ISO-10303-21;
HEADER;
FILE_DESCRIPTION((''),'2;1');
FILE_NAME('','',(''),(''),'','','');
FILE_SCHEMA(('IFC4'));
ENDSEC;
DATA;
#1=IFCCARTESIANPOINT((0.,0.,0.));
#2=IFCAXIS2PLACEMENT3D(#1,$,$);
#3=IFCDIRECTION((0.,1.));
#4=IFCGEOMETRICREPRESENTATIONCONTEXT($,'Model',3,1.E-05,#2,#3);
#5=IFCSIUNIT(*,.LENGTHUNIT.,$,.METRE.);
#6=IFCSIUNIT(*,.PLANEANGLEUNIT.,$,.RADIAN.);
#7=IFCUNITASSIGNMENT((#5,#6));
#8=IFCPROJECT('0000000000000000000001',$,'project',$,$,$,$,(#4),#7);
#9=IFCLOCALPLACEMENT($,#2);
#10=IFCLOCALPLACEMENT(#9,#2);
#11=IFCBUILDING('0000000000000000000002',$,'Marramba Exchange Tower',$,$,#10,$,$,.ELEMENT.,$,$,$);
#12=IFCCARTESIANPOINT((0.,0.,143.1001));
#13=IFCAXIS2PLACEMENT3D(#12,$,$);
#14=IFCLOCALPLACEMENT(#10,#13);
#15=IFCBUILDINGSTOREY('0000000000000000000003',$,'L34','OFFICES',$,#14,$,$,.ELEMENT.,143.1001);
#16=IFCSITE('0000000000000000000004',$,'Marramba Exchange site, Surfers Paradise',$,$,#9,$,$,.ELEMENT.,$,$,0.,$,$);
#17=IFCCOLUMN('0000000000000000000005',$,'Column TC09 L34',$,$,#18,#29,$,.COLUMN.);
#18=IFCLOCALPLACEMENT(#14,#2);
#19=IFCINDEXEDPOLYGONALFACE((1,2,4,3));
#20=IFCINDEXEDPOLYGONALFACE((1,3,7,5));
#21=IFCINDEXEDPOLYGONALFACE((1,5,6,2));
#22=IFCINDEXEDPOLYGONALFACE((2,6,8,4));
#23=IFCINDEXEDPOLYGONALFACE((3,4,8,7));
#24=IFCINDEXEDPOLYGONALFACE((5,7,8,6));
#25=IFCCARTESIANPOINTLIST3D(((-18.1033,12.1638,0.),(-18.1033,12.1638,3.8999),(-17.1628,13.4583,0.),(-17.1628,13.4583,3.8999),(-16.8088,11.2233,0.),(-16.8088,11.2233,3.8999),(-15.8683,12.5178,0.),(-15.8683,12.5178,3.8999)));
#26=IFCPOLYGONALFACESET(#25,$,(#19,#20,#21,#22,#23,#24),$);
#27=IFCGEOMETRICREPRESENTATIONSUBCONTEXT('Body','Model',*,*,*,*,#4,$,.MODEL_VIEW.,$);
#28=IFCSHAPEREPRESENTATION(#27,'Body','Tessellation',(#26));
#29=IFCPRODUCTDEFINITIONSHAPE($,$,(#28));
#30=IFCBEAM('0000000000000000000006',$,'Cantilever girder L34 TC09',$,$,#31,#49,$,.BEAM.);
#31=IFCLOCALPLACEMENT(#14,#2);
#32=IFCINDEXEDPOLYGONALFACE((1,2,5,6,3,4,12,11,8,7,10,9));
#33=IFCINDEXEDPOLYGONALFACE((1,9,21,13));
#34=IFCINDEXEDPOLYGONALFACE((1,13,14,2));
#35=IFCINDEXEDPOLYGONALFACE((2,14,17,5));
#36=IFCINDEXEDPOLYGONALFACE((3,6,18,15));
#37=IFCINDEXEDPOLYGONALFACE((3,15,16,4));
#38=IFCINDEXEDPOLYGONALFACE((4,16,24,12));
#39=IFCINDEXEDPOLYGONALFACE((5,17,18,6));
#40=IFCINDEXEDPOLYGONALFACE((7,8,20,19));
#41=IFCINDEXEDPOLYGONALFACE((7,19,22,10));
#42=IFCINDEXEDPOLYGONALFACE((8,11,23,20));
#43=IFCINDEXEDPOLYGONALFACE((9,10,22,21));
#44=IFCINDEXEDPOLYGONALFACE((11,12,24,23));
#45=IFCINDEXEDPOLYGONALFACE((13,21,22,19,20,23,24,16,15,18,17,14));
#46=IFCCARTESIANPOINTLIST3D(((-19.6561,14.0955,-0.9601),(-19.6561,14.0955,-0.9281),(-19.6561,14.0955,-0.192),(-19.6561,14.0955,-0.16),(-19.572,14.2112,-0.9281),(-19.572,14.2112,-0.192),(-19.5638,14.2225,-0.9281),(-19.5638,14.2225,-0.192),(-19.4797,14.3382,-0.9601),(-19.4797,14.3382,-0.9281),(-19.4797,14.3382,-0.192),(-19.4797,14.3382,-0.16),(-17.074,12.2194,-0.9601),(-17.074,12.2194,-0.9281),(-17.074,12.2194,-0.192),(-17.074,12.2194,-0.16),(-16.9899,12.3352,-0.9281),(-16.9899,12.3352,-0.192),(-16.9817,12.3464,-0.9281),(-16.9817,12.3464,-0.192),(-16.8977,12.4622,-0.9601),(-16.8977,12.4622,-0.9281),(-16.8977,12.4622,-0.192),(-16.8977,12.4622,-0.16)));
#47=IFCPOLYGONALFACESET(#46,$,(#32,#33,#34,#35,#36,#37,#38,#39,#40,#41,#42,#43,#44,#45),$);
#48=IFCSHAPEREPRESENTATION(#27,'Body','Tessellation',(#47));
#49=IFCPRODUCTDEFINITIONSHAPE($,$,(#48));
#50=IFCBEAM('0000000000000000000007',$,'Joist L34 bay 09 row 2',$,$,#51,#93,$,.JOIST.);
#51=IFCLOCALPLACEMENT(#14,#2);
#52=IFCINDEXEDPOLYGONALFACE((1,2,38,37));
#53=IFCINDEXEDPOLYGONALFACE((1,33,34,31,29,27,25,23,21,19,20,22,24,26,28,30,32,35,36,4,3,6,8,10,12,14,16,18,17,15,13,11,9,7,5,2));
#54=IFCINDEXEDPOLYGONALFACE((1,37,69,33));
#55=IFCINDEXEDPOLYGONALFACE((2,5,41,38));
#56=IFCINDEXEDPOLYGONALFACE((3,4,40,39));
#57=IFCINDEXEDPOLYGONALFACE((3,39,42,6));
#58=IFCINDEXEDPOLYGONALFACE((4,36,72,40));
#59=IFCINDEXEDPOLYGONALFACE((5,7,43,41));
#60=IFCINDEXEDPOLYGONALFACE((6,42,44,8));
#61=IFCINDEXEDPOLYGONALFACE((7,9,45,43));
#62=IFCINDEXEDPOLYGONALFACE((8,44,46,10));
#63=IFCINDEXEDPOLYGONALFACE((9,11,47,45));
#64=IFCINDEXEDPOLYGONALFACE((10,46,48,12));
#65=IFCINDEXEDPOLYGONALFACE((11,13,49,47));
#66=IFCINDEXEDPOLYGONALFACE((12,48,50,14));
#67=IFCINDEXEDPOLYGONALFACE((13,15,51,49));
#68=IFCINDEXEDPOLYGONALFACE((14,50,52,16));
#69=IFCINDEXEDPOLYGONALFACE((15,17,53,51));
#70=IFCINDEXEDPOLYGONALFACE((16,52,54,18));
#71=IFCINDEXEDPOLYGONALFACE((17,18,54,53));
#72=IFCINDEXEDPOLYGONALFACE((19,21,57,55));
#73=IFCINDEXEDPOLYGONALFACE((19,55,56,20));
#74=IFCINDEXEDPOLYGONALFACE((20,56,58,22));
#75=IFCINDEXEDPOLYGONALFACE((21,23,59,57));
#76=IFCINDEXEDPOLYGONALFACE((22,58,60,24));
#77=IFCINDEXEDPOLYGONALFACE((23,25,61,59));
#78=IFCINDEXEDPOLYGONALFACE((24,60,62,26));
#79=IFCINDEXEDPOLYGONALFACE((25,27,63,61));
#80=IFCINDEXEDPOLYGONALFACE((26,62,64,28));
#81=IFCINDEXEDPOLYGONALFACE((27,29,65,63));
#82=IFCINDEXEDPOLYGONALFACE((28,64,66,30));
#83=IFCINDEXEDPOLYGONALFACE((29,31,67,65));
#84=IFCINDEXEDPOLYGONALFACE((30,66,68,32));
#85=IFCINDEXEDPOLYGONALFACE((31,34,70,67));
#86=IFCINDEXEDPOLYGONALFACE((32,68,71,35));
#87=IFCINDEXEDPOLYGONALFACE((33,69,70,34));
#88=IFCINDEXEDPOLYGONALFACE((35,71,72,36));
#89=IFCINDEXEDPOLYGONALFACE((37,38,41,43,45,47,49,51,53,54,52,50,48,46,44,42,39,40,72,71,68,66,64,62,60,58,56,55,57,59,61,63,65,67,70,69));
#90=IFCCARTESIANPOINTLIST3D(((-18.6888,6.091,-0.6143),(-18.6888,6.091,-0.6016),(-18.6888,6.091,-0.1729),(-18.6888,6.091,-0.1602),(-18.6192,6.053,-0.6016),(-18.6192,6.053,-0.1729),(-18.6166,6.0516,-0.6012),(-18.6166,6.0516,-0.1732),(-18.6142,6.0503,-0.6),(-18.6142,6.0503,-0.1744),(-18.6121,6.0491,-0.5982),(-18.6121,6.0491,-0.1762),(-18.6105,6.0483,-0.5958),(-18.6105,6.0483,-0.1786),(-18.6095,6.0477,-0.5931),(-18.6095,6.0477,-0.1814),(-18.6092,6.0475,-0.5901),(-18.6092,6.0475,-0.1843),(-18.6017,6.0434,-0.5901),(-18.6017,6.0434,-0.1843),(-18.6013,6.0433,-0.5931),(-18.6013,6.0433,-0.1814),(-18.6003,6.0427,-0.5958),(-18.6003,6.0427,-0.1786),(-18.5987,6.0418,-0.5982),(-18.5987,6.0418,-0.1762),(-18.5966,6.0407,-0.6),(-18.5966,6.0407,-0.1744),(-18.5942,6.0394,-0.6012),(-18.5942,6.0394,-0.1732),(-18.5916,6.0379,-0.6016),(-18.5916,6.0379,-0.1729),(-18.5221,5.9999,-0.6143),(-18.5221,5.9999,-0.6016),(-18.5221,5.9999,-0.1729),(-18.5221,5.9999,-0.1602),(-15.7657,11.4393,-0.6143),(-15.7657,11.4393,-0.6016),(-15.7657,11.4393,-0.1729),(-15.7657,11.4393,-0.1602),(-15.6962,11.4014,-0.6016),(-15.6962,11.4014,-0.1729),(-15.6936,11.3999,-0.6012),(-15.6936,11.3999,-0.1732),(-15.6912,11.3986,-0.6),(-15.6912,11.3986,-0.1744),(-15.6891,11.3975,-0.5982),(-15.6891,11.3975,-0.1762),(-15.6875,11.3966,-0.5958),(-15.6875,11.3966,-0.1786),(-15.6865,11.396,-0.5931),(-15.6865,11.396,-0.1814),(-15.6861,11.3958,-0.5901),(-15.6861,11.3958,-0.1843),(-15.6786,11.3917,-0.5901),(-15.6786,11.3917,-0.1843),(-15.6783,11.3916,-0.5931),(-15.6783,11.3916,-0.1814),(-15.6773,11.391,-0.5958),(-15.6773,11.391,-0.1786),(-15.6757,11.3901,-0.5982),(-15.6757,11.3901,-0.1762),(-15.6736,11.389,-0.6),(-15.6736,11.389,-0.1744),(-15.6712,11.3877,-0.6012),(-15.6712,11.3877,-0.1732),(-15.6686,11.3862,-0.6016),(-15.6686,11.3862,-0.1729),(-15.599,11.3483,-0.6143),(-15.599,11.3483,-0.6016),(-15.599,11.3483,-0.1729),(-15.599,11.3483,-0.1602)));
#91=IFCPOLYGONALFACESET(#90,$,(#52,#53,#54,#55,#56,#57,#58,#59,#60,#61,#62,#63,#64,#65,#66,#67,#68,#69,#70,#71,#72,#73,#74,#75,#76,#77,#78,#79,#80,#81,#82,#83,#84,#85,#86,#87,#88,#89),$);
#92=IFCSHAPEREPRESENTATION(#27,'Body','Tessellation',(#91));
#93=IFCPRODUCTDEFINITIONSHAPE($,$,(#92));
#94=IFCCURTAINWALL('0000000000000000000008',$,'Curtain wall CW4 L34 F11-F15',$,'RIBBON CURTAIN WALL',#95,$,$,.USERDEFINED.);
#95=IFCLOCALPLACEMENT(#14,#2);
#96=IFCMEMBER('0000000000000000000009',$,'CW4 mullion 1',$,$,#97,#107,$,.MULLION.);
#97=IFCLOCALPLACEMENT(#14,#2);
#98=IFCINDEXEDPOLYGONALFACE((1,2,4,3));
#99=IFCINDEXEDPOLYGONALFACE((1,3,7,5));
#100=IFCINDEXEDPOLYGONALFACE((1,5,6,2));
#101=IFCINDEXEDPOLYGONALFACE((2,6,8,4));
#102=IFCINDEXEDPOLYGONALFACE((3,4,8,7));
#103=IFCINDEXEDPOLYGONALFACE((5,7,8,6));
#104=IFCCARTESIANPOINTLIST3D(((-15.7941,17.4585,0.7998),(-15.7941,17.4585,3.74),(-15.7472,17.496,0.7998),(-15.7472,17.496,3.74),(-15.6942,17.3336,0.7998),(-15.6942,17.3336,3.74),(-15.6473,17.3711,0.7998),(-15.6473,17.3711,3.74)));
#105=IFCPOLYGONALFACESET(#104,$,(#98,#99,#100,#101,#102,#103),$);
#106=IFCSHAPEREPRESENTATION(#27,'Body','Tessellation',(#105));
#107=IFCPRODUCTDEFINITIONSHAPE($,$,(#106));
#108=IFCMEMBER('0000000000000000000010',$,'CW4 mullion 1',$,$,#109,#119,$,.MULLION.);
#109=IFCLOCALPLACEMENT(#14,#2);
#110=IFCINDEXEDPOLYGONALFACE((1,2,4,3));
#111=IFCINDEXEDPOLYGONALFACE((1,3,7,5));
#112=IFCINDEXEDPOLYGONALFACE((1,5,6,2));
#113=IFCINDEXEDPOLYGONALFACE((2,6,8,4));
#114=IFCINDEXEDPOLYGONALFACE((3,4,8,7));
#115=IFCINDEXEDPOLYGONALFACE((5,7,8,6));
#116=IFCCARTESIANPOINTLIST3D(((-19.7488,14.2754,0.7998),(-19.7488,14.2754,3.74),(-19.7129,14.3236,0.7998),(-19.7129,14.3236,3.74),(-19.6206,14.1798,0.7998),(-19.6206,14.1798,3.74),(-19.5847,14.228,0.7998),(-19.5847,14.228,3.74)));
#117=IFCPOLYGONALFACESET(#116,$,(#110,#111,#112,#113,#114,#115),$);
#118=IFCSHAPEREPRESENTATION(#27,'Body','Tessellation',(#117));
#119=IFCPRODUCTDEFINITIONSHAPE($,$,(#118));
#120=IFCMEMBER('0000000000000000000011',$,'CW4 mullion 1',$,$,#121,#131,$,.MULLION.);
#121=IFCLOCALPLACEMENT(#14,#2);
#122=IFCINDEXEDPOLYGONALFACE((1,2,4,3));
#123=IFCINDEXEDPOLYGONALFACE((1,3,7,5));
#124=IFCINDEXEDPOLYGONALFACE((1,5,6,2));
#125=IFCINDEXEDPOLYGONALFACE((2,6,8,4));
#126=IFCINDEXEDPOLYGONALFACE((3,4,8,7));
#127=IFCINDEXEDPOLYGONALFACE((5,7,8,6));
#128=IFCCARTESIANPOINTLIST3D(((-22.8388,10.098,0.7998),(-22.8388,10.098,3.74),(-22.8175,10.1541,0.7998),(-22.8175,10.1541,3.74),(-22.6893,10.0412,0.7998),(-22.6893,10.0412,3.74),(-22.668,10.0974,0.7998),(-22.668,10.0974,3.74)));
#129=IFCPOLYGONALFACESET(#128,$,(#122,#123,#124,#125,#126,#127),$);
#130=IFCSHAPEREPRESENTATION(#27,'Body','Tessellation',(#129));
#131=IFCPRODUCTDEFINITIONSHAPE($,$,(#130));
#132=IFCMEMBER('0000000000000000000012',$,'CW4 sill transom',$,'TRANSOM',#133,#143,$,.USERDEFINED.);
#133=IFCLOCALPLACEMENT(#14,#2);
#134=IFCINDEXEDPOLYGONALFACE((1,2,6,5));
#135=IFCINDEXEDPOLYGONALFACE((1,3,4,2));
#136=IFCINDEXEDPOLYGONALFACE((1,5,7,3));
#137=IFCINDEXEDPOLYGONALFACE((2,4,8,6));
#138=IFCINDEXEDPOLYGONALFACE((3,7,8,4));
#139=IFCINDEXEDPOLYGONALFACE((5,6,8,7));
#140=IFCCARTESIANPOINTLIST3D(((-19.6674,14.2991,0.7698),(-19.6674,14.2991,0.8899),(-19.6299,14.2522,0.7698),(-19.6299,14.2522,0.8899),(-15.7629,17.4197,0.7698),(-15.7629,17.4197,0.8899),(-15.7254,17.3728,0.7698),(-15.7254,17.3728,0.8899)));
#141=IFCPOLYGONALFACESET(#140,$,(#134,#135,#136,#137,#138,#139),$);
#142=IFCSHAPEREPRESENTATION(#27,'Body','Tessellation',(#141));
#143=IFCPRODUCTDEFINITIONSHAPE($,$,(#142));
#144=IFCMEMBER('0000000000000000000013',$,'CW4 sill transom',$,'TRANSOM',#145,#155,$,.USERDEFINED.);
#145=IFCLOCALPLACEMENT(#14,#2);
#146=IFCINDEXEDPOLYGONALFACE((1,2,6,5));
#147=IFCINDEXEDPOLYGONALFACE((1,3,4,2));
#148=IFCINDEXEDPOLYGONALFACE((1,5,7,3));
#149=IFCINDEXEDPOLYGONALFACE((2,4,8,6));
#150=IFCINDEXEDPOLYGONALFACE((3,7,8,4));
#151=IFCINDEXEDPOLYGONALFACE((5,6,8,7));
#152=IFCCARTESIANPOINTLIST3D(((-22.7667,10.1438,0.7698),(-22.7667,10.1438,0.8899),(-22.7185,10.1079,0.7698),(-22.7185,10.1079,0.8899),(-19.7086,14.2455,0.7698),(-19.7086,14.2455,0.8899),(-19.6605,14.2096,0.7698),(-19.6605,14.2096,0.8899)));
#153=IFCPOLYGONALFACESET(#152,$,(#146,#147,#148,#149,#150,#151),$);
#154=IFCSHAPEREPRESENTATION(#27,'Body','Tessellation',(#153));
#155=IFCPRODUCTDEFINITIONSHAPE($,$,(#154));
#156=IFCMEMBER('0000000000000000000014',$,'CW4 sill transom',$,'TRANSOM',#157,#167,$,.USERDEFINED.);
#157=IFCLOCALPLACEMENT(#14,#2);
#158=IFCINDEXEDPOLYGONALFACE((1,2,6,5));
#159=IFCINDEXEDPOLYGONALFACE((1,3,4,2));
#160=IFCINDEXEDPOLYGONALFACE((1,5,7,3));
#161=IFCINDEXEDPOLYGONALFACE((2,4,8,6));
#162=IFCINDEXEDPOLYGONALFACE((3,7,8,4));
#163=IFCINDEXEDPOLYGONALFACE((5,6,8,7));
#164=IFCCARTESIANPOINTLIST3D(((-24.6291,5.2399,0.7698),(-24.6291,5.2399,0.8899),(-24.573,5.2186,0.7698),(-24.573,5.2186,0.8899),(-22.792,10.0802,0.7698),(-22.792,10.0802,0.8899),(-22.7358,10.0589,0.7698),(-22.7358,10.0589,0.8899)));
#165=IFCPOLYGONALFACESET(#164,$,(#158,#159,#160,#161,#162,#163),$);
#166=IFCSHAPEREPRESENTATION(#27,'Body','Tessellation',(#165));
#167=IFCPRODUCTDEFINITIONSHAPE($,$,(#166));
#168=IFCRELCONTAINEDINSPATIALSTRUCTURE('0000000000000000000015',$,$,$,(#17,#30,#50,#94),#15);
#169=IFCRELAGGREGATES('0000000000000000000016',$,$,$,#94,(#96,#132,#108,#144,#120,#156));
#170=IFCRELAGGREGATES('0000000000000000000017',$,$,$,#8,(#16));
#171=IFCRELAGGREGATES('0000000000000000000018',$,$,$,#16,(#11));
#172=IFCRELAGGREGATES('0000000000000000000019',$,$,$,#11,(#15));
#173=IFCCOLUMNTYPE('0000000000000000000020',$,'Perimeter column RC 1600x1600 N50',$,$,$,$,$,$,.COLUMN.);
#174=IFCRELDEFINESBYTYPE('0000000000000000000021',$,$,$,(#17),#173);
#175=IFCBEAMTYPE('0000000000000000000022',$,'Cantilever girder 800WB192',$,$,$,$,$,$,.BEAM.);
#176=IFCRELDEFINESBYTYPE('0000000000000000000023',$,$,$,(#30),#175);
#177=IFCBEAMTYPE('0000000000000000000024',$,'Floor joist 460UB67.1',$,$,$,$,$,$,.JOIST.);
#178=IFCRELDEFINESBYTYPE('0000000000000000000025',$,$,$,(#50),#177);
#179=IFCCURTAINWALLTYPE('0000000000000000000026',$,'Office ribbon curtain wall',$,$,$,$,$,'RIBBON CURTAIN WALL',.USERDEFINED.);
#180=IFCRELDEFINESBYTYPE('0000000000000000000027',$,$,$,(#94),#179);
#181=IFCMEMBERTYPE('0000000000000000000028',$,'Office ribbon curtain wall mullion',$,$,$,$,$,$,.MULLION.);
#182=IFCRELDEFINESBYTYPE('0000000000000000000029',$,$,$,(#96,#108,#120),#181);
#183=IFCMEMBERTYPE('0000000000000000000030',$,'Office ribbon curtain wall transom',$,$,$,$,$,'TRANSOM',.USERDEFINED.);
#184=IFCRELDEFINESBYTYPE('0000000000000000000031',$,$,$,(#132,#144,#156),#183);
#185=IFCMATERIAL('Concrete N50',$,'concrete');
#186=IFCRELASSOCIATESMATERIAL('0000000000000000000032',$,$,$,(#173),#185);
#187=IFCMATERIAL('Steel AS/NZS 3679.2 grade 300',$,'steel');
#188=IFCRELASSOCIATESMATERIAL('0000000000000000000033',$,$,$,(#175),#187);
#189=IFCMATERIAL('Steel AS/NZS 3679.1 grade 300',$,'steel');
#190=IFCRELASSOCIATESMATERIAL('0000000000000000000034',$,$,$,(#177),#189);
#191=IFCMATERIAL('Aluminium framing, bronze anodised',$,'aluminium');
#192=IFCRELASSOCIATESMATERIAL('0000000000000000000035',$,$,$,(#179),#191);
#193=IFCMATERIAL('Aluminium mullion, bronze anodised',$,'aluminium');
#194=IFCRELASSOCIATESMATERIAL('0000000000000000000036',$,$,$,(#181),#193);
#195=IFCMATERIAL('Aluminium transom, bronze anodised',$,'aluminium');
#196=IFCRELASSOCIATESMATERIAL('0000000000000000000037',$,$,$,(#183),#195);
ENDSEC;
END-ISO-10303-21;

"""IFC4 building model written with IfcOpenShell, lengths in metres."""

from ifc_helpers import new_model, si_unit, direction, frame, origin, origin_2d, place, context, subcontext, project, spatial, rectangle, i_section, extrude, material, material_profile, profile_set, type_object, element, aggregate, save


model = new_model("IFC4")

# Units and contexts
model_context = context("Model", 3, precision=1e-05, world=origin(), true_north=direction((0.0, 1.0)))
body_context = subcontext(model_context, "Body", "Model", "MODEL_VIEW")
ifc_project = project(units=[si_unit("LENGTHUNIT", "METRE"), si_unit("PLANEANGLEUNIT", "RADIAN")], contexts=[model_context])

# Site, building, storey
site_placement = place(None, origin())
site = spatial("IfcSite", under=ifc_project, at=site_placement, Name="Marramba Exchange site, Surfers Paradise", CompositionType="ELEMENT", RefElevation=0.0)
building_placement = place(site_placement, origin())
building = spatial("IfcBuilding", under=site, at=building_placement, Name="Marramba Exchange Tower", CompositionType="ELEMENT")
storey_placement = place(building_placement, frame((0.0, 0.0, 143.1001)))
storey = spatial("IfcBuildingStorey", under=building, at=storey_placement, Name="L34", Description="OFFICES", CompositionType="ELEMENT", Elevation=143.1001)

# Column
ifc_material_1 = material(Name="Concrete N50", Category="concrete")
ifc_material_profile_1 = material_profile(ifc_material_1, rectangle(XDim=1.6001, YDim=1.6001, at=origin_2d()), Name="RC 1600x1600")
ifc_profile_set_1 = profile_set([ifc_material_profile_1], Name="Concrete N50")
column_type = type_object("IfcColumnType", Name="Perimeter column RC 1600x1600 N50", PredefinedType="COLUMN", material=ifc_profile_set_1)
column_placement = place(storey_placement, frame((-16.9858, 12.3408, 0.0), z_axis=(0.0, 0.0, 1.0), x_axis=(-0.809017, 0.587785, 0.0)))
element("IfcColumn", 1, at=column_placement, inside=storey, type_object=column_type, Name="Column TC09 L34", PredefinedType="COLUMN", context=body_context, shape_type="SweptSolid", body=[
    extrude(rectangle(XDim=1.6001, YDim=1.6001, at=origin_2d()), origin(), (0.0, 0.0, 1.0), 3.8999),
])

# Beams
ifc_material_2 = material(Name="Steel AS/NZS 3679.2 grade 300", Category="steel")
ifc_material_profile_2 = material_profile(ifc_material_2, i_section(OverallWidth=0.3, OverallDepth=0.8, WebThickness=0.0139, FlangeThickness=0.032, at=origin_2d()), Name="800WB192")
ifc_profile_set_2 = profile_set([ifc_material_profile_2], Name="Steel AS/NZS 3679.2 grade 300")
beam_type_1 = type_object("IfcBeamType", Name="Cantilever girder 800WB192", PredefinedType="BEAM", material=ifc_profile_set_2)
beam_1_placement = place(storey_placement, frame((-16.9858, 12.3408, -0.5601), z_axis=(-0.809014, 0.58779, 0.0), x_axis=(-0.58779, -0.809014, 0.0)))
element("IfcBeam", 2, at=beam_1_placement, inside=storey, type_object=beam_type_1, Name="Cantilever girder L34 TC09", PredefinedType="BEAM", context=body_context, shape_type="SweptSolid", body=[
    extrude(i_section(OverallWidth=0.3, OverallDepth=0.8, WebThickness=0.0139, FlangeThickness=0.032, at=origin_2d()), origin(), (0.0, 0.0, 1.0), 3.1917),
])
ifc_material_3 = material(Name="Steel AS/NZS 3679.1 grade 300", Category="steel")
ifc_material_profile_3 = material_profile(ifc_material_3, i_section(OverallWidth=0.1899, OverallDepth=0.4541, WebThickness=0.0085, FlangeThickness=0.0127, FilletRadius=0.0115, at=origin_2d()), Name="460UB67.1")
ifc_profile_set_3 = profile_set([ifc_material_profile_3], Name="Steel AS/NZS 3679.1 grade 300")
beam_type_2 = type_object("IfcBeamType", Name="Floor joist 460UB67.1", PredefinedType="JOIST", material=ifc_profile_set_3)
beam_2_placement = place(storey_placement, frame((-15.6824, 11.3938, -0.3872), z_axis=(-0.479584, -0.877496, 0.0), x_axis=(0.877496, -0.479584, 0.0)))
element("IfcBeam", 3, at=beam_2_placement, inside=storey, type_object=beam_type_2, Name="Joist L34 bay 09 row 2", PredefinedType="JOIST", context=body_context, shape_type="SweptSolid", body=[
    extrude(i_section(OverallWidth=0.1899, OverallDepth=0.4541, WebThickness=0.0085, FlangeThickness=0.0127, FilletRadius=0.0115, at=origin_2d()), origin(), (0.0, 0.0, 1.0), 6.095),
])

# Curtain wall, members
ifc_material_4 = material(Name="Aluminium framing, bronze anodised", Category="aluminium")
curtain_wall_type = type_object("IfcCurtainWallType", Name="Office ribbon curtain wall", ElementType="RIBBON CURTAIN WALL", PredefinedType="USERDEFINED", material=ifc_material_4)
curtain_wall_placement = place(storey_placement, origin())
curtain_wall = element("IfcCurtainWall", 4, at=curtain_wall_placement, inside=storey, type_object=curtain_wall_type, Name="Curtain wall CW4 L34 F11-F15", ObjectType="RIBBON CURTAIN WALL", PredefinedType="USERDEFINED")
ifc_material_5 = material(Name="Aluminium mullion, bronze anodised", Category="aluminium")
ifc_material_profile_4 = material_profile(ifc_material_5, rectangle(XDim=0.1599, YDim=0.0601, at=origin_2d()), Name="CW4 mullion 60x160")
ifc_profile_set_4 = profile_set([ifc_material_profile_4], Name="Aluminium mullion, bronze anodised")
member_type_1 = type_object("IfcMemberType", Name="Office ribbon curtain wall mullion", PredefinedType="MULLION", material=ifc_profile_set_4)
member_1_placement = place(storey_placement, frame((-15.7207, 17.4148, 0.7998), z_axis=(0.0, 0.0, 1.0), x_axis=(0.624308, -0.781178, 0.0)))
member_1 = element("IfcMember", 5, at=member_1_placement, type_object=member_type_1, Name="CW4 mullion 1", PredefinedType="MULLION", context=body_context, shape_type="SweptSolid", body=[
    extrude(rectangle(XDim=0.1599, YDim=0.0601, at=origin_2d()), origin(), (0.0, 0.0, 1.0), 2.9402),
])
member_2_placement = place(storey_placement, frame((-19.6667, 14.2517, 0.7998), z_axis=(0.0, 0.0, 1.0), x_axis=(0.801717, -0.597704, 0.0)))
member_2 = element("IfcMember", 6, at=member_2_placement, type_object=member_type_1, Name="CW4 mullion 1", PredefinedType="MULLION", context=body_context, shape_type="SweptSolid", body=[
    extrude(rectangle(XDim=0.1599, YDim=0.0601, at=origin_2d()), origin(), (0.0, 0.0, 1.0), 2.9402),
])
member_3_placement = place(storey_placement, frame((-22.7534, 10.0977, 0.7998), z_axis=(0.0, 0.0, 1.0), x_axis=(0.934925, -0.354844, 0.0)))
member_3 = element("IfcMember", 7, at=member_3_placement, type_object=member_type_1, Name="CW4 mullion 1", PredefinedType="MULLION", context=body_context, shape_type="SweptSolid", body=[
    extrude(rectangle(XDim=0.1599, YDim=0.0601, at=origin_2d()), origin(), (0.0, 0.0, 1.0), 2.9402),
])
ifc_material_6 = material(Name="Aluminium transom, bronze anodised", Category="aluminium")
ifc_material_profile_5 = material_profile(ifc_material_6, rectangle(XDim=0.0601, YDim=0.1201, at=origin_2d()), Name="CW4 transom 60x120")
ifc_profile_set_5 = profile_set([ifc_material_profile_5], Name="Aluminium transom, bronze anodised")
member_type_2 = type_object("IfcMemberType", Name="Office ribbon curtain wall transom", ElementType="TRANSOM", PredefinedType="USERDEFINED", material=ifc_profile_set_5)
member_4_placement = place(storey_placement, frame((-15.7441, 17.3962, 0.8298), z_axis=(-0.781164, -0.624326, 0.0), x_axis=(0.624326, -0.781164, 0.0)))
member_4 = element("IfcMember", 8, at=member_4_placement, type_object=member_type_2, Name="CW4 sill transom", ObjectType="TRANSOM", PredefinedType="USERDEFINED", context=body_context, shape_type="SweptSolid", body=[
    extrude(rectangle(XDim=0.0601, YDim=0.1201, at=origin_2d()), origin(), (0.0, 0.0, 1.0), 4.9983),
])
member_5_placement = place(storey_placement, frame((-19.6846, 14.2275, 0.8298), z_axis=(-0.597715, -0.801709, 0.0), x_axis=(0.801709, -0.597715, 0.0)))
member_5 = element("IfcMember", 9, at=member_5_placement, type_object=member_type_2, Name="CW4 sill transom", ObjectType="TRANSOM", PredefinedType="USERDEFINED", context=body_context, shape_type="SweptSolid", body=[
    extrude(rectangle(XDim=0.0601, YDim=0.1201, at=origin_2d()), origin(), (0.0, 0.0, 1.0), 5.1162),
])
member_6_placement = place(storey_placement, frame((-22.7639, 10.0696, 0.8298), z_axis=(-0.354852, -0.934923, 0.0), x_axis=(0.934923, -0.354852, 0.0)))
member_6 = element("IfcMember", 10, at=member_6_placement, type_object=member_type_2, Name="CW4 sill transom", ObjectType="TRANSOM", PredefinedType="USERDEFINED", context=body_context, shape_type="SweptSolid", body=[
    extrude(rectangle(XDim=0.0601, YDim=0.1201, at=origin_2d()), origin(), (0.0, 0.0, 1.0), 5.1772),
])

aggregate(curtain_wall, [member_1, member_4, member_2, member_5, member_3, member_6])

save(model, "model.ifc")
